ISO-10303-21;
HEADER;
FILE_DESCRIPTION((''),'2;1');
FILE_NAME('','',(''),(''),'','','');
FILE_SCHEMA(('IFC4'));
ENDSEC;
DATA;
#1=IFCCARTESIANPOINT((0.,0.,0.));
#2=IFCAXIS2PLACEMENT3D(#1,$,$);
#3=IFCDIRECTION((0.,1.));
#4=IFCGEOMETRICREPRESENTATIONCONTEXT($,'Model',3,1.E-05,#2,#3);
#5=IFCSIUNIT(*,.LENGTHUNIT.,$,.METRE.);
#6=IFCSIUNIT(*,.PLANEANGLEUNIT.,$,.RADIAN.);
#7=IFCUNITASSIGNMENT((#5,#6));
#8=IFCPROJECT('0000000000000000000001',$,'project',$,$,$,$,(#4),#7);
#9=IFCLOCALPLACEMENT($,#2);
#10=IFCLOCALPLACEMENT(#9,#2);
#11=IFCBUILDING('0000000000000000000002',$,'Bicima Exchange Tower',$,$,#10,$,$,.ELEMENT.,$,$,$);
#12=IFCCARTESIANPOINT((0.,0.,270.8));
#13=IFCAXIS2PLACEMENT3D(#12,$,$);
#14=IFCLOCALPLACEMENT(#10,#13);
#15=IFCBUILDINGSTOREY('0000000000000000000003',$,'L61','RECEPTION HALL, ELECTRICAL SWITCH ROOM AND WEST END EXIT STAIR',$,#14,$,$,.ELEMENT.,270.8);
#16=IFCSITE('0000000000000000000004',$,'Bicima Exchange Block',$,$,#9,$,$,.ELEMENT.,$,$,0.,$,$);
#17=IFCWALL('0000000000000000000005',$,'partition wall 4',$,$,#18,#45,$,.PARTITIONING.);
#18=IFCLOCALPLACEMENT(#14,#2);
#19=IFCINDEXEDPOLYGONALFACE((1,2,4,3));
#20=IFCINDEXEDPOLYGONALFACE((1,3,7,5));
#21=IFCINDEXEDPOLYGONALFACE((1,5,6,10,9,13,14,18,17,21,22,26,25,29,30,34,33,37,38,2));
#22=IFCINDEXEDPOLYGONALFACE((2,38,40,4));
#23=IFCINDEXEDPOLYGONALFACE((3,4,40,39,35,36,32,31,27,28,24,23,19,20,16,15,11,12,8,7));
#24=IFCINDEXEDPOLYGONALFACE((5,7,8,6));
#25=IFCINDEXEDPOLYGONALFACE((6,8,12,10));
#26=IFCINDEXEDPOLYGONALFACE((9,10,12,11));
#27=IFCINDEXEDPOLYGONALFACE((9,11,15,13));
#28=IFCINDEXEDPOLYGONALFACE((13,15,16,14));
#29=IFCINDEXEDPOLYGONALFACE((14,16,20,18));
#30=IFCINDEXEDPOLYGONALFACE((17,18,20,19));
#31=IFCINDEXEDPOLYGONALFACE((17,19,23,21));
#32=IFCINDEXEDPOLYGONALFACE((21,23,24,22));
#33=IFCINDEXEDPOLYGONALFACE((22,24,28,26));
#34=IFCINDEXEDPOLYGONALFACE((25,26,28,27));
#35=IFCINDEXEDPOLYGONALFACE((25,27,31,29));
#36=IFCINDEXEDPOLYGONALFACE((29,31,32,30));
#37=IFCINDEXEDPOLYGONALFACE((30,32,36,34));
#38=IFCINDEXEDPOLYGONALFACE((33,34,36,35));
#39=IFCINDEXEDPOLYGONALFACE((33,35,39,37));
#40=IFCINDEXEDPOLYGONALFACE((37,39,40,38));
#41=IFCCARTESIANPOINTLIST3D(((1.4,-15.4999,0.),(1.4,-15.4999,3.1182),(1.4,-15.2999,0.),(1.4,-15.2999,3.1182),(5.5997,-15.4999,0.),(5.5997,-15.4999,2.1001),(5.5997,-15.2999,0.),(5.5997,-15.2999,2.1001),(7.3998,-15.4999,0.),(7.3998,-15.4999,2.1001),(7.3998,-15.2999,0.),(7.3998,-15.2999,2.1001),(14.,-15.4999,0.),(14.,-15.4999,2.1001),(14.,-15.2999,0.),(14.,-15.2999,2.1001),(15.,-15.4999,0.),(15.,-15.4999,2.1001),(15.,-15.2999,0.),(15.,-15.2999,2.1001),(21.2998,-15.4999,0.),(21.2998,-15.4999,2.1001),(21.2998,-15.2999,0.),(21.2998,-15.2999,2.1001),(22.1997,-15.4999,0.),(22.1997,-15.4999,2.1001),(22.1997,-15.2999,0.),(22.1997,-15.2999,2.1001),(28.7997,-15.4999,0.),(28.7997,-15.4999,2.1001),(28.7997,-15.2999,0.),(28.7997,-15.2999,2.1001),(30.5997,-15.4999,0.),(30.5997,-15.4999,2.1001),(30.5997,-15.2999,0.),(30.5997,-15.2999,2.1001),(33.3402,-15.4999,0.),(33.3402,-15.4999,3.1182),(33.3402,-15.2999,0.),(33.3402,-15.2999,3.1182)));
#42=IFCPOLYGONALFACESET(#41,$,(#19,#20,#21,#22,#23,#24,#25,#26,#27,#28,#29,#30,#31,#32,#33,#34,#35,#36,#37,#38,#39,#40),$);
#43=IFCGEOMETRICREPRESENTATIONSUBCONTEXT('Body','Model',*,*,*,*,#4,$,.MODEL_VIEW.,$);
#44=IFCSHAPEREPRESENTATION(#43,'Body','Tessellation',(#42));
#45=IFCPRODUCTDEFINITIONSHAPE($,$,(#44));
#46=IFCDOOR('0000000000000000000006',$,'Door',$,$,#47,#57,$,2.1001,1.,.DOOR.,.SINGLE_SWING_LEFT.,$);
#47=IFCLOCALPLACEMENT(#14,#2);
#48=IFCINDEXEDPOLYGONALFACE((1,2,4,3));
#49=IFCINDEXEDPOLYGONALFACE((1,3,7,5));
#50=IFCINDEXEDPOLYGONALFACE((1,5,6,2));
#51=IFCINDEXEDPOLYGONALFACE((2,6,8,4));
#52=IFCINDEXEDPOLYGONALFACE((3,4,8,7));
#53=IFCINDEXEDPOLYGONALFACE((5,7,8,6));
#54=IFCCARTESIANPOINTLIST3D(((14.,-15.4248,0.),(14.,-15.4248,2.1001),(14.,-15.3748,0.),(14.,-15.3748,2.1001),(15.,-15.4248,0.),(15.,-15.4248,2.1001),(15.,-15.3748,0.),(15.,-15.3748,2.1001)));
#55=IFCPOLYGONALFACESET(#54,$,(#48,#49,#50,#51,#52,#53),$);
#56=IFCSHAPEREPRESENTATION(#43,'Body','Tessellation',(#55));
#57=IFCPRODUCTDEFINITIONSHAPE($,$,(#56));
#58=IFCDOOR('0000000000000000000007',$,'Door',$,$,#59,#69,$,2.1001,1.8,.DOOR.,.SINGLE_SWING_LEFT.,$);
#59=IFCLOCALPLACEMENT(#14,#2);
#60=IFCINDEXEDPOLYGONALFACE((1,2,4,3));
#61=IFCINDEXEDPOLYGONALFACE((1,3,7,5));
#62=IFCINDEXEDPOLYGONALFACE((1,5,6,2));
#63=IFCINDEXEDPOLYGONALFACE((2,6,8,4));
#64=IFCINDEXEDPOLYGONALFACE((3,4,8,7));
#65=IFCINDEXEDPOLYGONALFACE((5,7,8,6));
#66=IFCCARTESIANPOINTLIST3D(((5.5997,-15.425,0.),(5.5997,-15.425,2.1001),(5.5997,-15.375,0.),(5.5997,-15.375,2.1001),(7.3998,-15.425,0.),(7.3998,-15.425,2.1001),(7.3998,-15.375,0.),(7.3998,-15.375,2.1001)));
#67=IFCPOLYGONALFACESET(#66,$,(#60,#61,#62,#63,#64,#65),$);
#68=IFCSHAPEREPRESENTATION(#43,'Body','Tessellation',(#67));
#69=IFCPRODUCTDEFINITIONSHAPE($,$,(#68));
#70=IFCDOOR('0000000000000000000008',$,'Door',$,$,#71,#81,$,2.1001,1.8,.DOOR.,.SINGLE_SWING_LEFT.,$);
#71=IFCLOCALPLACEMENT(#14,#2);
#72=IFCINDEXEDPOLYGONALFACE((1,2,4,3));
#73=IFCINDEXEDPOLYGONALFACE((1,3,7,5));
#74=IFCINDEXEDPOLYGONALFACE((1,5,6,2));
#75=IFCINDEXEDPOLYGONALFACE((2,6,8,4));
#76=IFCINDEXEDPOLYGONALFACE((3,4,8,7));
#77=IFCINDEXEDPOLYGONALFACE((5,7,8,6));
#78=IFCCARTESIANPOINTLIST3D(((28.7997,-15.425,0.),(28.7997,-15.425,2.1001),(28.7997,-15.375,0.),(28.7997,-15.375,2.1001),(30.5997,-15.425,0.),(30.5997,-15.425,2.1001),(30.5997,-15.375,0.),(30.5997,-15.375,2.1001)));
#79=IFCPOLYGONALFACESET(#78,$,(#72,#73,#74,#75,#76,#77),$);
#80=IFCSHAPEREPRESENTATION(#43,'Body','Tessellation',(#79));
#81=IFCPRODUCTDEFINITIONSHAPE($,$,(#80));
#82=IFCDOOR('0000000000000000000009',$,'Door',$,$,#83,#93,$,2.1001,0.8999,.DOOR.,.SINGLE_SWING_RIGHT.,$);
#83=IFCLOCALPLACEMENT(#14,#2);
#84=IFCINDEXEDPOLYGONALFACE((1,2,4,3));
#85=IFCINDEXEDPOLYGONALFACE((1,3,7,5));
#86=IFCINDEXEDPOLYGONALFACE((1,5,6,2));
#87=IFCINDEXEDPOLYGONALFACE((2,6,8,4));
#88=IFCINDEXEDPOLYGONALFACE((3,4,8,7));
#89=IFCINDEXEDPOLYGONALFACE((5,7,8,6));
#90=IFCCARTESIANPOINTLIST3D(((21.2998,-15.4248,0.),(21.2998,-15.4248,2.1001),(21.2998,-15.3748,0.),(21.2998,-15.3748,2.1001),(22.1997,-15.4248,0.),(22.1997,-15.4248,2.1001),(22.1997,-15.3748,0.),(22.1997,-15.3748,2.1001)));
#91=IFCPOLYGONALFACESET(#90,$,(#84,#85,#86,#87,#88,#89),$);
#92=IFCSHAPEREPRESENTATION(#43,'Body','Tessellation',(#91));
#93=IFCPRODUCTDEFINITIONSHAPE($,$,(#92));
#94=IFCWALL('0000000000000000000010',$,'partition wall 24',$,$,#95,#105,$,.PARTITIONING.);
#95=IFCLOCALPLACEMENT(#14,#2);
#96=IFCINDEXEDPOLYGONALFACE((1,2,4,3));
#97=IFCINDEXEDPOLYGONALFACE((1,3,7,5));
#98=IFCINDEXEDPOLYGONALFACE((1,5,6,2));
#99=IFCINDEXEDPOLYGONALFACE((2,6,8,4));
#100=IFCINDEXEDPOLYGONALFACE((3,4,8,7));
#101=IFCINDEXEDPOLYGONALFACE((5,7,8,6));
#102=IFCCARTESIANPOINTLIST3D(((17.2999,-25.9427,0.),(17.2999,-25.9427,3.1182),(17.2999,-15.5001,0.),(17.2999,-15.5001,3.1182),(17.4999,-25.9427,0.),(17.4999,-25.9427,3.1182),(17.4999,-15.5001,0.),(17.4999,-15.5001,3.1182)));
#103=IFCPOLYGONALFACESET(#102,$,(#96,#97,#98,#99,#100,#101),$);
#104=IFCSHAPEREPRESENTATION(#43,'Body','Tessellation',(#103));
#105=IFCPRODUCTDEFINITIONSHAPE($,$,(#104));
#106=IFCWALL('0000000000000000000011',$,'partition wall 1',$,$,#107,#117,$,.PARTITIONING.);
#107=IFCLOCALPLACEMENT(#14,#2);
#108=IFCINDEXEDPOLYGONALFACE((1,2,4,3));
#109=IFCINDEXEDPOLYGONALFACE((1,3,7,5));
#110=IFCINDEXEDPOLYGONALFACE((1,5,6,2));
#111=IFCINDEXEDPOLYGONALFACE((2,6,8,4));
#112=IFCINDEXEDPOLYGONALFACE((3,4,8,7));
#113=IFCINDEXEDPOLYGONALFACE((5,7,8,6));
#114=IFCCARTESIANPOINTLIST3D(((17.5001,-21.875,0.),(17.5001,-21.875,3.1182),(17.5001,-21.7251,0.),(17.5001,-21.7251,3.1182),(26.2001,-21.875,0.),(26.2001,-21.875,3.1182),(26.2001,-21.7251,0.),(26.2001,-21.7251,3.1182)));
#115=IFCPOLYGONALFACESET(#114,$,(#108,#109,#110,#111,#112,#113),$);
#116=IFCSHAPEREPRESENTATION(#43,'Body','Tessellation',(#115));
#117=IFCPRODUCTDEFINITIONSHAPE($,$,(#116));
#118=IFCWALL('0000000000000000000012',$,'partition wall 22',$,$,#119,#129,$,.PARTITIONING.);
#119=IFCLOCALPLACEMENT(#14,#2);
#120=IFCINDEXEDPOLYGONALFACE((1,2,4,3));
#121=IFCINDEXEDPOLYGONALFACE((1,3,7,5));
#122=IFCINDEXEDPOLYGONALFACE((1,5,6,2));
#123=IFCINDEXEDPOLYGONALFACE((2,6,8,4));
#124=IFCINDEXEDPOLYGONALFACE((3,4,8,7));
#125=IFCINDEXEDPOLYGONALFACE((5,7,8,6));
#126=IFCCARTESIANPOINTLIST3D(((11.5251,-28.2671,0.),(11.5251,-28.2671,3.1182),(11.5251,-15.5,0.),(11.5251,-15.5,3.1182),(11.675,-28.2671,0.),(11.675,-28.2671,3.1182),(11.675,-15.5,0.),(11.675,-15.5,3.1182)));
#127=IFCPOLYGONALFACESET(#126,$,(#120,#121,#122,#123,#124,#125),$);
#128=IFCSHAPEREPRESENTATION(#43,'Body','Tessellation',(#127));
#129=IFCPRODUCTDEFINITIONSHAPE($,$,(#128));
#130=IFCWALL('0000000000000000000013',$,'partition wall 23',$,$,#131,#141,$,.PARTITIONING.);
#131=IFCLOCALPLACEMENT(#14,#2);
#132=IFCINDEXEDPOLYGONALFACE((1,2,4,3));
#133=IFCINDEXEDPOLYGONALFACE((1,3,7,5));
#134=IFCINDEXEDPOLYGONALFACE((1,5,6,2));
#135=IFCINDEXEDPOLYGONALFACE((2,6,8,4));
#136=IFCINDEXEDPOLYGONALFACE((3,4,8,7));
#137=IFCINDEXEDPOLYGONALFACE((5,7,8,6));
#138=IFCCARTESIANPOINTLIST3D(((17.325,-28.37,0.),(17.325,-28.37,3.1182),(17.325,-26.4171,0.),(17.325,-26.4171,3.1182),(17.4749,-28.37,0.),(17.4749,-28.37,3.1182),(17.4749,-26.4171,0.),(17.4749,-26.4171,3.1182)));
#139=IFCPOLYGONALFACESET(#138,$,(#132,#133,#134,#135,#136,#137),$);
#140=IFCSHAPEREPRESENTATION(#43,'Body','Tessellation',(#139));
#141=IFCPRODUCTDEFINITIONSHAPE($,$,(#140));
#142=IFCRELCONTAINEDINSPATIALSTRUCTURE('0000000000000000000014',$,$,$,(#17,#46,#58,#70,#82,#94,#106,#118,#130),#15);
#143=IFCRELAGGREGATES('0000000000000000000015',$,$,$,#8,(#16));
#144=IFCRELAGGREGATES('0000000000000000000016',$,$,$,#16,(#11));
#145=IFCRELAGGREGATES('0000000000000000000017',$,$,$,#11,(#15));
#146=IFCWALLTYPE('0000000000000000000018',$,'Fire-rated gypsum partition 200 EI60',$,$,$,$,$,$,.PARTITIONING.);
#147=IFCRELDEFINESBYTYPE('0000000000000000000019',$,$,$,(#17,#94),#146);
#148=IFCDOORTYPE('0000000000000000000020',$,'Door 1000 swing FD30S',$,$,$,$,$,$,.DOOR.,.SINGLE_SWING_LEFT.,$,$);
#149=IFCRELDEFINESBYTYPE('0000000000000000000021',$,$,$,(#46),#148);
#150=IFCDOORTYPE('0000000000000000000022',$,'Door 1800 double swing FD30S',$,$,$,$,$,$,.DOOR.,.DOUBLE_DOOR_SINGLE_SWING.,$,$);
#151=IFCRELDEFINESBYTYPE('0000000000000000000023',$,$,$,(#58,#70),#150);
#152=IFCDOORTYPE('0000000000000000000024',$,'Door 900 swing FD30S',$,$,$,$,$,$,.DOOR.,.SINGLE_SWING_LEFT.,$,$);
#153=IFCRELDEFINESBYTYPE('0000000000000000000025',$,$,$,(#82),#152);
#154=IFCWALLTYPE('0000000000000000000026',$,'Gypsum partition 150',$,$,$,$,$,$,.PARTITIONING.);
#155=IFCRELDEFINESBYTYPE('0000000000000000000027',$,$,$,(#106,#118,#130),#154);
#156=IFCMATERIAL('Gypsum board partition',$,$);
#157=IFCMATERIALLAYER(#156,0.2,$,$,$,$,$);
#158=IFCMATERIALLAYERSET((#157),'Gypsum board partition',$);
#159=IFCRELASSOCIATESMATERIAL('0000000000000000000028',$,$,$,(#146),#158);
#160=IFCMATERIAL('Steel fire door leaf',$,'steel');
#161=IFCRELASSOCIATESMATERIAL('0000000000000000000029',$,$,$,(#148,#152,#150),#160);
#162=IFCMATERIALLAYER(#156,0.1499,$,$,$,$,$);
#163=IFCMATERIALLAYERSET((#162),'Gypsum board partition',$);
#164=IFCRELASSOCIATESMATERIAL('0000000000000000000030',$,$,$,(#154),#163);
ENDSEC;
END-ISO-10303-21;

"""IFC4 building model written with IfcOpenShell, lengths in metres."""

from ifc_helpers import new_model, si_unit, direction, frame, frame_2d, origin, place, context, subcontext, project, spatial, rectangle, extrude, material, layer, layer_set, type_object, element, fill, save


model = new_model("IFC4")

# Units and contexts
model_context = context("Model", 3, precision=1e-05, world=origin(), true_north=direction((0.0, 1.0)))
body_context = subcontext(model_context, "Body", "Model", "MODEL_VIEW")
ifc_project = project(units=[si_unit("LENGTHUNIT", "METRE"), si_unit("PLANEANGLEUNIT", "RADIAN")], contexts=[model_context])

# Site, building, storey
site_placement = place(None, origin())
site = spatial("IfcSite", under=ifc_project, at=site_placement, Name="Bicima Exchange Block", CompositionType="ELEMENT", RefElevation=0.0)
building_placement = place(site_placement, origin())
building = spatial("IfcBuilding", under=site, at=building_placement, Name="Bicima Exchange Tower", CompositionType="ELEMENT")
storey_placement = place(building_placement, frame((0.0, 0.0, 270.8)))
storey = spatial("IfcBuildingStorey", under=building, at=storey_placement, Name="L61", Description="RECEPTION HALL, ELECTRICAL SWITCH ROOM AND WEST END EXIT STAIR", CompositionType="ELEMENT", Elevation=270.8)

# Wall, openings, doors
ifc_material_1 = material(Name="Gypsum board partition")
ifc_layer_1 = layer(ifc_material_1, 0.2)
ifc_layer_set_1 = layer_set([ifc_layer_1], Name="Gypsum board partition")
wall_type_1 = type_object("IfcWallType", Name="Fire-rated gypsum partition 200 EI60", PredefinedType="PARTITIONING", material=ifc_layer_set_1)
ifc_material_2 = material(Name="Steel fire door leaf", Category="steel")
door_type_1 = type_object("IfcDoorType", Name="Door 1000 swing FD30S", OperationType="SINGLE_SWING_LEFT", PredefinedType="DOOR", material=ifc_material_2)
door_type_2 = type_object("IfcDoorType", Name="Door 900 swing FD30S", OperationType="SINGLE_SWING_LEFT", PredefinedType="DOOR", material=ifc_material_2)
wall_1_placement = place(storey_placement, frame((1.3999, -15.3999, 0.0), z_axis=(0.0, 0.0, 1.0), x_axis=(1.0, 0.0, 0.0)))
wall_1 = element("IfcWall", 1, at=wall_1_placement, inside=storey, type_object=wall_type_1, Name="partition wall 4", PredefinedType="PARTITIONING", context=body_context, shape_type="SweptSolid", body=[
    extrude(rectangle(XDim=31.9402, YDim=0.2, at=frame_2d((15.9702, 0.0))), origin(), (0.0, 0.0, 1.0), 3.1182),
])
opening_1_placement = place(wall_1_placement, frame((4.2, 0.0, 0.0)))
opening_1 = element("IfcOpeningElement", 2, at=opening_1_placement, cuts=wall_1, PredefinedType="OPENING", context=body_context, shape_type="SweptSolid", body=[
    extrude(rectangle(XDim=1.8, YDim=2.1001, at=frame_2d((0.8999, 1.05))), frame((0.0, 0.1118, 0.0), z_axis=(0.0, -1.0, 0.0), x_axis=(1.0, 0.0, 0.0)), (0.0, 0.0, 1.0), 0.2239),
])
opening_2_placement = place(wall_1_placement, frame((12.6001, 0.0, 0.0)))
opening_2 = element("IfcOpeningElement", 3, at=opening_2_placement, cuts=wall_1, PredefinedType="OPENING", context=body_context, shape_type="SweptSolid", body=[
    extrude(rectangle(XDim=1.0, YDim=2.1001, at=frame_2d((0.5, 1.05))), frame((0.0, 0.1118, 0.0), z_axis=(0.0, -1.0, 0.0), x_axis=(1.0, 0.0, 0.0)), (0.0, 0.0, 1.0), 0.2239),
])
opening_3_placement = place(wall_1_placement, frame((19.8999, 0.0, 0.0)))
opening_3 = element("IfcOpeningElement", 4, at=opening_3_placement, cuts=wall_1, PredefinedType="OPENING", context=body_context, shape_type="SweptSolid", body=[
    extrude(rectangle(XDim=0.8999, YDim=2.1001, at=frame_2d((0.45, 1.05))), frame((0.0, 0.1118, 0.0), z_axis=(0.0, -1.0, 0.0), x_axis=(1.0, 0.0, 0.0)), (0.0, 0.0, 1.0), 0.2239),
])
opening_4_placement = place(wall_1_placement, frame((27.3999, 0.0, 0.0)))
opening_4 = element("IfcOpeningElement", 5, at=opening_4_placement, cuts=wall_1, PredefinedType="OPENING", context=body_context, shape_type="SweptSolid", body=[
    extrude(rectangle(XDim=1.8, YDim=2.1001, at=frame_2d((0.8999, 1.05))), frame((0.0, 0.1118, 0.0), z_axis=(0.0, -1.0, 0.0), x_axis=(1.0, 0.0, 0.0)), (0.0, 0.0, 1.0), 0.2239),
])
door_1_placement = place(opening_2_placement, frame((1.0, 0.0, 0.0), z_axis=(0.0, 0.0, 1.0), x_axis=(-1.0, 0.0, 0.0)))
door_1 = element("IfcDoor", 6, at=door_1_placement, inside=storey, type_object=door_type_1, Name="Door", OperationType="SINGLE_SWING_LEFT", OverallHeight=2.1001, OverallWidth=1.0, PredefinedType="DOOR", context=body_context, shape_type="SweptSolid", body=[
    extrude(rectangle(XDim=1.0, YDim=2.1001, at=frame_2d((0.5, 1.05))), frame((0.0, 0.0249, 0.0), z_axis=(0.0, -1.0, 0.0), x_axis=(1.0, 0.0, 0.0)), (0.0, 0.0, 1.0), 0.05),
])
fill(opening_2, door_1)
door_type_3 = type_object("IfcDoorType", Name="Door 1800 double swing FD30S", OperationType="DOUBLE_DOOR_SINGLE_SWING", PredefinedType="DOOR", material=ifc_material_2)
door_2_placement = place(opening_1_placement, origin())
door_2 = element("IfcDoor", 7, at=door_2_placement, inside=storey, type_object=door_type_3, Name="Door", OperationType="SINGLE_SWING_LEFT", OverallHeight=2.1001, OverallWidth=1.8, PredefinedType="DOOR", context=body_context, shape_type="SweptSolid", body=[
    extrude(rectangle(XDim=1.8, YDim=2.1001, at=frame_2d((0.8999, 1.05))), frame((0.0, 0.0249, 0.0), z_axis=(0.0, -1.0, 0.0), x_axis=(1.0, 0.0, 0.0)), (0.0, 0.0, 1.0), 0.05),
])
fill(opening_1, door_2)
door_3_placement = place(opening_4_placement, origin())
door_3 = element("IfcDoor", 8, at=door_3_placement, inside=storey, type_object=door_type_3, Name="Door", OperationType="SINGLE_SWING_LEFT", OverallHeight=2.1001, OverallWidth=1.8, PredefinedType="DOOR", context=body_context, shape_type="SweptSolid", body=[
    extrude(rectangle(XDim=1.8, YDim=2.1001, at=frame_2d((0.8999, 1.05))), frame((0.0, 0.0249, 0.0), z_axis=(0.0, -1.0, 0.0), x_axis=(1.0, 0.0, 0.0)), (0.0, 0.0, 1.0), 0.05),
])
fill(opening_4, door_3)
door_4_placement = place(opening_3_placement, frame((0.8999, 0.0, 0.0), z_axis=(0.0, 0.0, 1.0), x_axis=(-1.0, 0.0, 0.0)))
door_4 = element("IfcDoor", 9, at=door_4_placement, inside=storey, type_object=door_type_2, Name="Door", OperationType="SINGLE_SWING_RIGHT", OverallHeight=2.1001, OverallWidth=0.8999, PredefinedType="DOOR", context=body_context, shape_type="SweptSolid", body=[
    extrude(rectangle(XDim=0.8999, YDim=2.1001, at=frame_2d((0.45, 1.05))), frame((0.0, 0.0249, 0.0), z_axis=(0.0, -1.0, 0.0), x_axis=(1.0, 0.0, 0.0)), (0.0, 0.0, 1.0), 0.05),
])
fill(opening_3, door_4)

# Walls
wall_2_placement = place(storey_placement, frame((17.3999, -25.9426, 0.0), z_axis=(0.0, 0.0, 1.0), x_axis=(0.0, 1.0, 0.0)))
element("IfcWall", 10, at=wall_2_placement, inside=storey, type_object=wall_type_1, Name="partition wall 24", PredefinedType="PARTITIONING", context=body_context, shape_type="SweptSolid", body=[
    extrude(rectangle(XDim=10.4426, YDim=0.2, at=frame_2d((5.2212, 0.0))), origin(), (0.0, 0.0, 1.0), 3.1182),
])
ifc_layer_2 = layer(ifc_material_1, 0.1499)
ifc_layer_set_2 = layer_set([ifc_layer_2], Name="Gypsum board partition")
wall_type_2 = type_object("IfcWallType", Name="Gypsum partition 150", PredefinedType="PARTITIONING", material=ifc_layer_set_2)
wall_3_placement = place(storey_placement, frame((17.5, -21.8, 0.0), z_axis=(0.0, 0.0, 1.0), x_axis=(1.0, 0.0, 0.0)))
element("IfcWall", 11, at=wall_3_placement, inside=storey, type_object=wall_type_2, Name="partition wall 1", PredefinedType="PARTITIONING", context=body_context, shape_type="SweptSolid", body=[
    extrude(rectangle(XDim=8.7, YDim=0.1499, at=frame_2d((4.3501, 0.0))), origin(), (0.0, 0.0, 1.0), 3.1182),
])
wall_4_placement = place(storey_placement, frame((11.6001, -28.2671, 0.0), z_axis=(0.0, 0.0, 1.0), x_axis=(0.0, 1.0, 0.0)))
element("IfcWall", 12, at=wall_4_placement, inside=storey, type_object=wall_type_2, Name="partition wall 22", PredefinedType="PARTITIONING", context=body_context, shape_type="SweptSolid", body=[
    extrude(rectangle(XDim=12.7671, YDim=0.1499, at=frame_2d((6.3835, 0.0))), origin(), (0.0, 0.0, 1.0), 3.1182),
])
wall_5_placement = place(storey_placement, frame((17.3999, -28.3701, 0.0), z_axis=(0.0, 0.0, 1.0), x_axis=(0.0, 1.0, 0.0)))
element("IfcWall", 13, at=wall_5_placement, inside=storey, type_object=wall_type_2, Name="partition wall 23", PredefinedType="PARTITIONING", context=body_context, shape_type="SweptSolid", body=[
    extrude(rectangle(XDim=1.9529, YDim=0.1499, at=frame_2d((0.9766, 0.0))), origin(), (0.0, 0.0, 1.0), 3.1182),
])

save(model, "model.ifc")
